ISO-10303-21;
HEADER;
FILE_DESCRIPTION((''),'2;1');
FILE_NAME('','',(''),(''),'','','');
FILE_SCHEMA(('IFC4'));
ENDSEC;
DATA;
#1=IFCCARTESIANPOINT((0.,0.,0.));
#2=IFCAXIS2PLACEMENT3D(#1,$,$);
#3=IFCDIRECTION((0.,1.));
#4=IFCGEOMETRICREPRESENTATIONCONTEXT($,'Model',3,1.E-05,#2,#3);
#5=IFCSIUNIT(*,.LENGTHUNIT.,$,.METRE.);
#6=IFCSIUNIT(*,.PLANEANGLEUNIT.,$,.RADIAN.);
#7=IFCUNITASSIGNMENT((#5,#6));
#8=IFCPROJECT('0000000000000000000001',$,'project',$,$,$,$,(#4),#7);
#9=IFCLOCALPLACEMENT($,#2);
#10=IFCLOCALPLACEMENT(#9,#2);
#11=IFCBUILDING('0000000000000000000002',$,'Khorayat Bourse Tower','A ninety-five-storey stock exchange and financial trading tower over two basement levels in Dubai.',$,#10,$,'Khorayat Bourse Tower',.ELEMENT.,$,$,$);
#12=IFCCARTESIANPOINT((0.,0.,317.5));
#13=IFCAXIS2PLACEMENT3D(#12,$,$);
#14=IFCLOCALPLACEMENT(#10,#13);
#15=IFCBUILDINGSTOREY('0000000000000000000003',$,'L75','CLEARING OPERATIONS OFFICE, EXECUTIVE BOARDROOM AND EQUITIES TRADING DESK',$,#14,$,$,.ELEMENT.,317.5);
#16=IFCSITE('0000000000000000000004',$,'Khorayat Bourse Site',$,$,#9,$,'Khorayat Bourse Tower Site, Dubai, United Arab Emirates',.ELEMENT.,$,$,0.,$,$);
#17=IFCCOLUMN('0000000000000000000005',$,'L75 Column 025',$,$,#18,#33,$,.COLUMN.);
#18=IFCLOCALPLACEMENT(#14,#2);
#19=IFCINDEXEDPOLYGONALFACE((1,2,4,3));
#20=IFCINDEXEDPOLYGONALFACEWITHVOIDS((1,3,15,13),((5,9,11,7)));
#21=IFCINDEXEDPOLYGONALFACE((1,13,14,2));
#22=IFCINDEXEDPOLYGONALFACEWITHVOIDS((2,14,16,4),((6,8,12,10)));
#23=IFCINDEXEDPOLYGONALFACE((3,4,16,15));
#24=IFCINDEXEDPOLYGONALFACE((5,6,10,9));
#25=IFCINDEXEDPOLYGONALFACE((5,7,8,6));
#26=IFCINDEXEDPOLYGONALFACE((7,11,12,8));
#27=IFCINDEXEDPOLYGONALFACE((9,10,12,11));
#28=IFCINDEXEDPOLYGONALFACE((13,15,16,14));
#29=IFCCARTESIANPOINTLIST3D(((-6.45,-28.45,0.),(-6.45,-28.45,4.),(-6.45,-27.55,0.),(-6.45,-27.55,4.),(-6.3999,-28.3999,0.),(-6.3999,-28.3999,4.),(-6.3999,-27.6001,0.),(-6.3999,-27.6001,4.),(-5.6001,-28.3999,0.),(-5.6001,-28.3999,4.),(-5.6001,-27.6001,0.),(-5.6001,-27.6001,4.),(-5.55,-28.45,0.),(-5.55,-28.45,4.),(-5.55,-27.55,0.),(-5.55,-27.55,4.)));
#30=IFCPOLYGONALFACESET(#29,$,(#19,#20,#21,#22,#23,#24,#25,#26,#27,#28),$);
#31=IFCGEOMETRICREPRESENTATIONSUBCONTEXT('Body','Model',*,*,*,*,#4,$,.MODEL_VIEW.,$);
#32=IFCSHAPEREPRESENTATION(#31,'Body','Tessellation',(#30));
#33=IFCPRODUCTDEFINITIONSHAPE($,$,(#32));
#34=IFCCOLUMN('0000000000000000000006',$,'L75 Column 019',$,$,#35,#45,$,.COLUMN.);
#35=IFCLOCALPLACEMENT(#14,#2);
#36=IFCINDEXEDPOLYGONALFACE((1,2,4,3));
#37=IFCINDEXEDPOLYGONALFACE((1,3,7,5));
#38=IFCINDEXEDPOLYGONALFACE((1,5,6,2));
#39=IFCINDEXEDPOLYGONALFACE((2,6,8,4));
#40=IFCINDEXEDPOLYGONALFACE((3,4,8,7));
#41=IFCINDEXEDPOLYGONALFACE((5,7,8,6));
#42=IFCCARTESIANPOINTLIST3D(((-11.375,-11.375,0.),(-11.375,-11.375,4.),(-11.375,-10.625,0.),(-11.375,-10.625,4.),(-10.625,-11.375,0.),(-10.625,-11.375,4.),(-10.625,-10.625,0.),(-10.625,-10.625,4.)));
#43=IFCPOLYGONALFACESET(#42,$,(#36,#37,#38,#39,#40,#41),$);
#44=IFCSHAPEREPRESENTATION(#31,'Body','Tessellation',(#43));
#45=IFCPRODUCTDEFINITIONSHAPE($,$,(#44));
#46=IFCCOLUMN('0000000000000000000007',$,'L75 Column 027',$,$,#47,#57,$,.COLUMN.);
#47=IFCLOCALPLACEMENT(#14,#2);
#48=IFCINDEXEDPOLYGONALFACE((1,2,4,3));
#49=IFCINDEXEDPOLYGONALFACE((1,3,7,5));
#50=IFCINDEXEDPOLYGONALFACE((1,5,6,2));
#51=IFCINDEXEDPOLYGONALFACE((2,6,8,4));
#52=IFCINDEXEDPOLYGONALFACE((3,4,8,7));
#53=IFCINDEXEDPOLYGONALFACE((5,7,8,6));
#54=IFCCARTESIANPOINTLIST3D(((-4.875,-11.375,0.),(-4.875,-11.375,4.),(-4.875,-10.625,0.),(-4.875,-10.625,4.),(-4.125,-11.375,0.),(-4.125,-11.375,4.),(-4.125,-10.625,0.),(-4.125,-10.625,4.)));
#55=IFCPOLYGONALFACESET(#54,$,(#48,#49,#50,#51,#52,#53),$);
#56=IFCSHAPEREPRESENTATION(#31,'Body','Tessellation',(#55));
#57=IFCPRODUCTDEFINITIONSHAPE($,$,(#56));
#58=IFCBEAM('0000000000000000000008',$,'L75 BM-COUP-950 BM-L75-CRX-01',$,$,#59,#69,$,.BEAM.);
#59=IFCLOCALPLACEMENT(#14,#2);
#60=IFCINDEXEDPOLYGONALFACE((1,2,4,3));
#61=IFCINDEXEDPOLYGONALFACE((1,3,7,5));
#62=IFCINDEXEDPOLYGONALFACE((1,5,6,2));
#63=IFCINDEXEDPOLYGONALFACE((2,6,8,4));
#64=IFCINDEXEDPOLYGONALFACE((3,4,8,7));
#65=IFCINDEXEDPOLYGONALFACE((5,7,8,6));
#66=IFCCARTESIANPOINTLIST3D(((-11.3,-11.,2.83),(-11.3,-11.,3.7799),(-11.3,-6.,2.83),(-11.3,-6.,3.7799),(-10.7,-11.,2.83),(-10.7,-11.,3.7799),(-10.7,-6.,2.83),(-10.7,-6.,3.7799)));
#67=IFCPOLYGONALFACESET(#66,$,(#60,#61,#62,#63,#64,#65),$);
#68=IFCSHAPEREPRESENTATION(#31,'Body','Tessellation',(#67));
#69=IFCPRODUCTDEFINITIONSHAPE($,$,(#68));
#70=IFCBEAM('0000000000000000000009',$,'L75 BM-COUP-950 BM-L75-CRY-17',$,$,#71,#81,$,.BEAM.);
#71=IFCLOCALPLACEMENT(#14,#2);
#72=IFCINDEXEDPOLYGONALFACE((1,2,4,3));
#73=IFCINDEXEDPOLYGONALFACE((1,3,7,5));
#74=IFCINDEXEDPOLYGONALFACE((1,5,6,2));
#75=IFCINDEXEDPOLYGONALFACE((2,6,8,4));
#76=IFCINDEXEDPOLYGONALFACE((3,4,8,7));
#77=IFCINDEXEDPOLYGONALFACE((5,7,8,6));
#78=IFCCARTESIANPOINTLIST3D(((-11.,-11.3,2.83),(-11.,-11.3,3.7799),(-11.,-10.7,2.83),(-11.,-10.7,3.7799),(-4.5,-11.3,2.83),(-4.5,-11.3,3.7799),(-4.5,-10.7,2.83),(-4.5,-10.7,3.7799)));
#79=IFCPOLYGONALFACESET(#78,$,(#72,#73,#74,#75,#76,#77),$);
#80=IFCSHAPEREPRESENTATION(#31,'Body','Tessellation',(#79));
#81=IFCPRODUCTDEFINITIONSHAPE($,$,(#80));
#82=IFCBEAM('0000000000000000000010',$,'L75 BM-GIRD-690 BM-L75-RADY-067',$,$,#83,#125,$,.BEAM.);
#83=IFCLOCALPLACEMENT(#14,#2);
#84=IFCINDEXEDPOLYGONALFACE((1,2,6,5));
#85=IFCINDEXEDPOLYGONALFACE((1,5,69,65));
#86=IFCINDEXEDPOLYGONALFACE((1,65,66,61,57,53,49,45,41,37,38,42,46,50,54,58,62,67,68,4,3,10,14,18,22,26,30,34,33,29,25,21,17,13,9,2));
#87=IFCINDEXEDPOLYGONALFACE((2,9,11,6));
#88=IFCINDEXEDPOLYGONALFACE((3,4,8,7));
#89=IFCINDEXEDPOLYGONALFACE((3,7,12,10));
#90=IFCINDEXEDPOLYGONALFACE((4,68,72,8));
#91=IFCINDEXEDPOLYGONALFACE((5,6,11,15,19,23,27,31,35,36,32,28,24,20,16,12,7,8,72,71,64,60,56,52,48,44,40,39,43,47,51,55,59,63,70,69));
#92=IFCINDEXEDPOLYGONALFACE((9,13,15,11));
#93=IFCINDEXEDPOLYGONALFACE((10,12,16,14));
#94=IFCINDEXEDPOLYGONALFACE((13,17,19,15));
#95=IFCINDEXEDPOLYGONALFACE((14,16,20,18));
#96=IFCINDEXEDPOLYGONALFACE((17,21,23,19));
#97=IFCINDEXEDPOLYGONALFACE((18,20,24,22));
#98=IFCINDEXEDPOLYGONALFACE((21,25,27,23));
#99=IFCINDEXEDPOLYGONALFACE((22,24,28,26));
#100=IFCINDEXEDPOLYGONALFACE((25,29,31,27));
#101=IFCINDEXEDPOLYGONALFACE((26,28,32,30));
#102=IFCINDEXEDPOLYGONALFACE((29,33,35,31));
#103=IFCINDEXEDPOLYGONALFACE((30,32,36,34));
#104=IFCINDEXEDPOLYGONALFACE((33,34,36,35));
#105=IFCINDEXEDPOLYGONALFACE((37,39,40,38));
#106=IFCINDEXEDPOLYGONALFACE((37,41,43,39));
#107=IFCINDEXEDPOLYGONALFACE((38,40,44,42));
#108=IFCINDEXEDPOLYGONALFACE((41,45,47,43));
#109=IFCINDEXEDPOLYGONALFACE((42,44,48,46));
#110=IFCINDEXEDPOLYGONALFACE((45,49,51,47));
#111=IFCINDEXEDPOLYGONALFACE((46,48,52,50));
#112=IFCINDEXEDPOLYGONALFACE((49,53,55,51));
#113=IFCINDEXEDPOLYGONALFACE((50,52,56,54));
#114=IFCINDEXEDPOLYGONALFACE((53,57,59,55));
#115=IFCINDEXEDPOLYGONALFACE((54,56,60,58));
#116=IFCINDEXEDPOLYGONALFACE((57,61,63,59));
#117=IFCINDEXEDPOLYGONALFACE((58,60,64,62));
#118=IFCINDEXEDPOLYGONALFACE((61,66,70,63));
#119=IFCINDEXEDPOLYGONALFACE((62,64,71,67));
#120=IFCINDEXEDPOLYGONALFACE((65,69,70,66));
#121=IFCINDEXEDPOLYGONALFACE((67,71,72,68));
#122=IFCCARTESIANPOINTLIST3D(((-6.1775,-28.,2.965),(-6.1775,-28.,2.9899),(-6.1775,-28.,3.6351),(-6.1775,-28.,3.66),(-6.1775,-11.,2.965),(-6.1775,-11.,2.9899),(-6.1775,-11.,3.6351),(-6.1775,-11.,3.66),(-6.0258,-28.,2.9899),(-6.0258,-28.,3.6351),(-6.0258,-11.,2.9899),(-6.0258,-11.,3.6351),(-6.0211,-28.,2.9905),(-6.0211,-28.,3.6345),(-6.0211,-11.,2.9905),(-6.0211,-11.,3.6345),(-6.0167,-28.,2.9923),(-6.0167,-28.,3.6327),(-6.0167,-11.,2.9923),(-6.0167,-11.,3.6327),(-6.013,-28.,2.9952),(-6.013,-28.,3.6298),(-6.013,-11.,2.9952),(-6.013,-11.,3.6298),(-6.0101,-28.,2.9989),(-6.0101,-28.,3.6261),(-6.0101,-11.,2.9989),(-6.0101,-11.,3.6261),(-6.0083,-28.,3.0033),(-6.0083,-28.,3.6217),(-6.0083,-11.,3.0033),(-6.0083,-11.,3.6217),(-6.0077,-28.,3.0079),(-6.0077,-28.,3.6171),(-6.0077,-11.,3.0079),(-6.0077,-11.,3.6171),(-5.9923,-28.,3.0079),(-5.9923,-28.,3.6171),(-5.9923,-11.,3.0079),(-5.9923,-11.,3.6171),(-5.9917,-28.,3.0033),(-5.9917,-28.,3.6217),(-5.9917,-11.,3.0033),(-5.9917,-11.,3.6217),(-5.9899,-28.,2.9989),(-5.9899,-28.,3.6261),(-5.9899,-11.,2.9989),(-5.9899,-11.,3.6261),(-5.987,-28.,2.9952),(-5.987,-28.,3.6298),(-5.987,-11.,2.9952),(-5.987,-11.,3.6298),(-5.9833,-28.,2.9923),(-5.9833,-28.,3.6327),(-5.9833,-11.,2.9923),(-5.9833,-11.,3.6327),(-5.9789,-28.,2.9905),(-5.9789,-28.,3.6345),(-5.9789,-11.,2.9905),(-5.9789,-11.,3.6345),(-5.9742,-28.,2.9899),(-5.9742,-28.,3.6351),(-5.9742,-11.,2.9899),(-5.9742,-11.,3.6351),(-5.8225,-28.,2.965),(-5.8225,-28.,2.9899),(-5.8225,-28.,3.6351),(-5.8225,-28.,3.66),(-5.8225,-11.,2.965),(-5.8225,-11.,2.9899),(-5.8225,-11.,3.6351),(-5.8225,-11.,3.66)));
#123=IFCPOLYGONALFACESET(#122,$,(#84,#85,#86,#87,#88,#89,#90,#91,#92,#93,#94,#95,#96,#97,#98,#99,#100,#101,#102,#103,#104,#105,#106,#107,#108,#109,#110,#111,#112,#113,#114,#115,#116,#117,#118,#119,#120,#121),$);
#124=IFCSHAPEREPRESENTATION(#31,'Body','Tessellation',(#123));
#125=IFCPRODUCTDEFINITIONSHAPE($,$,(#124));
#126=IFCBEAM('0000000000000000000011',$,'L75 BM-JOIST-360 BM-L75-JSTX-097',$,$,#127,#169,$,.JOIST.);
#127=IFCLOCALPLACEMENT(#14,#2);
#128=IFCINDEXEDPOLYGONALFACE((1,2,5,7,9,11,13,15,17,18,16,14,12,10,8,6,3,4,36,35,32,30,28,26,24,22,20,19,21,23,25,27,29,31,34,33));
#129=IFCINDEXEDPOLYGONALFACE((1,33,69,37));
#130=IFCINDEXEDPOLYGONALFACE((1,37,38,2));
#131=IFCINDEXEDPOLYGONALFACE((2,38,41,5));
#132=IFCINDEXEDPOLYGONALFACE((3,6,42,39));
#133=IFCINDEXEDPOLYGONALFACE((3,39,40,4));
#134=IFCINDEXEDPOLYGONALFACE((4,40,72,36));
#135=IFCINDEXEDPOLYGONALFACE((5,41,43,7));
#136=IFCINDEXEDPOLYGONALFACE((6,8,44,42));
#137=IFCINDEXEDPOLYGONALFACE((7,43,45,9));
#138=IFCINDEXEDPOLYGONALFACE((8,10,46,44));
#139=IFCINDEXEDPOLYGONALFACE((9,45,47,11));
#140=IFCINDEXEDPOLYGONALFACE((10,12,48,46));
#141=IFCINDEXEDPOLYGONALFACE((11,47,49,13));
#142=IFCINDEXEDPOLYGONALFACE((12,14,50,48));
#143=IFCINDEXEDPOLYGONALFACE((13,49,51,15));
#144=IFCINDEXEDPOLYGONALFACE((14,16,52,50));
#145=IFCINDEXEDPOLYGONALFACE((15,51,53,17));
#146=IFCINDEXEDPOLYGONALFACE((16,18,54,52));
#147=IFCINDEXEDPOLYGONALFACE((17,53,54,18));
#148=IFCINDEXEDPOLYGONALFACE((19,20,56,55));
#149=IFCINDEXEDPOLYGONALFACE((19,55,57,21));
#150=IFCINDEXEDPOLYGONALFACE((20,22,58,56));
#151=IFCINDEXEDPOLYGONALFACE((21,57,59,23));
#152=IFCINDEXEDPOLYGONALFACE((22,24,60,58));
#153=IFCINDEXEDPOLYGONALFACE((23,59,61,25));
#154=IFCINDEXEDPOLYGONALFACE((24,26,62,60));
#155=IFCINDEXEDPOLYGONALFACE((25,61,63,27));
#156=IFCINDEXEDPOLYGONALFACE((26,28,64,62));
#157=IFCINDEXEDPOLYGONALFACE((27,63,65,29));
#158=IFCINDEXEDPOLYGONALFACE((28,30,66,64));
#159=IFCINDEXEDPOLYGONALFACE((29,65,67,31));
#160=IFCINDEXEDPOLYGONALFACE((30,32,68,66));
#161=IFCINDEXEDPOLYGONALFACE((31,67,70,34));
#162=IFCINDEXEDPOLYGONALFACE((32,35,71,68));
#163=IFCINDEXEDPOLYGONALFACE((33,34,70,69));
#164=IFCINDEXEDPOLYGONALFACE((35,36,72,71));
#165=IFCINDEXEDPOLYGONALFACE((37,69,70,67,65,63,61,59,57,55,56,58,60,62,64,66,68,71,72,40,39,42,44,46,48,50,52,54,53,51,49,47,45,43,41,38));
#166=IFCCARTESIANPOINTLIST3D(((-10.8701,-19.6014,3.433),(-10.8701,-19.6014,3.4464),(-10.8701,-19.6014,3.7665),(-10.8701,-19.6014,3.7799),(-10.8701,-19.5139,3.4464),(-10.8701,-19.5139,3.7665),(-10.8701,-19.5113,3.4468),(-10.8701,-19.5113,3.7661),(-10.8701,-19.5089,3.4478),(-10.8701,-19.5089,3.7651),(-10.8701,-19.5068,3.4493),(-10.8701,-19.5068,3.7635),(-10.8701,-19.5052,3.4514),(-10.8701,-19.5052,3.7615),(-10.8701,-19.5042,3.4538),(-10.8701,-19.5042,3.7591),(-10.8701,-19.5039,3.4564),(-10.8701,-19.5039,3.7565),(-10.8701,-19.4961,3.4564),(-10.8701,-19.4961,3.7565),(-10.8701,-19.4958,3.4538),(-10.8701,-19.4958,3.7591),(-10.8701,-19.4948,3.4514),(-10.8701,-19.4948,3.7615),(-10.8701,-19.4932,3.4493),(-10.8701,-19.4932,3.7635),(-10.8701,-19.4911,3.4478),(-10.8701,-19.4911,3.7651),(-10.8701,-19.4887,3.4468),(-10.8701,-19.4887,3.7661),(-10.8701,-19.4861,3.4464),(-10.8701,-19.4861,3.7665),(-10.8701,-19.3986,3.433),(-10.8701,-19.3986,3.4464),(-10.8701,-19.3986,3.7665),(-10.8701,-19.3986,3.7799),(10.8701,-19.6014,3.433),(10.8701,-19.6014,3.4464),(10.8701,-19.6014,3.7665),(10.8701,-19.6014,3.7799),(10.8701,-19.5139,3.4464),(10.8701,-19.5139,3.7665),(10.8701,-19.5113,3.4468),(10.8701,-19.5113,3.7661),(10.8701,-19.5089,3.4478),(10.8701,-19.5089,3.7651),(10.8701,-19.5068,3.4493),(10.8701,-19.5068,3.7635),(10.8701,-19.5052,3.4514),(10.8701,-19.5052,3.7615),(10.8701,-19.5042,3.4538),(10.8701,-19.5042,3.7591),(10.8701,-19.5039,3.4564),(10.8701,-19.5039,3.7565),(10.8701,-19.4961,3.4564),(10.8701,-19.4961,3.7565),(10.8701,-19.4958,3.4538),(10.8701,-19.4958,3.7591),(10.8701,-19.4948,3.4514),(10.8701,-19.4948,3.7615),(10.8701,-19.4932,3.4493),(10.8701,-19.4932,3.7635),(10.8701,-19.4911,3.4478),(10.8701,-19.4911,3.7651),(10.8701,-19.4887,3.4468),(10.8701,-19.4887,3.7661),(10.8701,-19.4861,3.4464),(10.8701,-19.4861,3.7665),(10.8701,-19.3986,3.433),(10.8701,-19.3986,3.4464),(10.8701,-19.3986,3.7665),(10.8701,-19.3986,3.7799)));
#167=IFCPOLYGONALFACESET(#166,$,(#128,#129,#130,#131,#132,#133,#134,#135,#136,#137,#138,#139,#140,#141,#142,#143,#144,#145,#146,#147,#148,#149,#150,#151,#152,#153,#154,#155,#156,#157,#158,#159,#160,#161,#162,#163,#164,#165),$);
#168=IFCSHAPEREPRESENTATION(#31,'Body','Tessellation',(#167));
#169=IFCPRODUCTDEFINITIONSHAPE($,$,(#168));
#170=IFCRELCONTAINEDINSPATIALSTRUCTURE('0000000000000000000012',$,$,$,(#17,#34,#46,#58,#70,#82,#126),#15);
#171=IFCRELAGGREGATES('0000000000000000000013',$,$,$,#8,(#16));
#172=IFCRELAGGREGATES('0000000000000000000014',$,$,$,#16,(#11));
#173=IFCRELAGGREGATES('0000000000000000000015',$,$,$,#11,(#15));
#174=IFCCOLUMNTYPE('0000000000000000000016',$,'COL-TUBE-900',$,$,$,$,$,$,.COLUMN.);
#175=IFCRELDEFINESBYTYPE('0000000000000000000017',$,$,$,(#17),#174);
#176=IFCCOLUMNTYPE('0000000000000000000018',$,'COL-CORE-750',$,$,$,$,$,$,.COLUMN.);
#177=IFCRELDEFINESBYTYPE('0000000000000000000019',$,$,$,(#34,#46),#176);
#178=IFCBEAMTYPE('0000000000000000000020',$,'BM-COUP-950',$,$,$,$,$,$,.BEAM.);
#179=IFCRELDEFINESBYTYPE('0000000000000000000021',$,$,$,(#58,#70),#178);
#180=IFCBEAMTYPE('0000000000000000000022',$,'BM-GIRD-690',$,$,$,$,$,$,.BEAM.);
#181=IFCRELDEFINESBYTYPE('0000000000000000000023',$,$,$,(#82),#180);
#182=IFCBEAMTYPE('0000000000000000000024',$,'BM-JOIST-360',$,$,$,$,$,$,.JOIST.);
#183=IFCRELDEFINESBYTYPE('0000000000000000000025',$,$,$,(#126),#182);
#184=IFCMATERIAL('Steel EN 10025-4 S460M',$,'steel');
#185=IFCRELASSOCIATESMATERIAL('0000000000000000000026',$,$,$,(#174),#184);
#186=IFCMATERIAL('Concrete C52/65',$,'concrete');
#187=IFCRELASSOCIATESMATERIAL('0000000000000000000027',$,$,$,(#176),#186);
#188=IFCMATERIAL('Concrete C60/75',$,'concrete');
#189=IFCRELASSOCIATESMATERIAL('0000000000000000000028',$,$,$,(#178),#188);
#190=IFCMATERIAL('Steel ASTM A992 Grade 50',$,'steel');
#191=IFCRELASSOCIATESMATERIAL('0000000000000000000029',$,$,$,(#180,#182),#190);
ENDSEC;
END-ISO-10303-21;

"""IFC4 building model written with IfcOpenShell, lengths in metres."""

from ifc_helpers import new_model, si_unit, direction, frame, origin, origin_2d, place, context, subcontext, project, spatial, rectangle, hollow_rectangle, i_section, extrude, source, transform, mapped, material, material_profile, profile_set, type_object, element, save


model = new_model("IFC4")

# Units and contexts
model_context = context("Model", 3, precision=1e-05, world=origin(), true_north=direction((0.0, 1.0)))
body_context = subcontext(model_context, "Body", "Model", "MODEL_VIEW")
ifc_project = project(units=[si_unit("LENGTHUNIT", "METRE"), si_unit("PLANEANGLEUNIT", "RADIAN")], contexts=[model_context])

# Site, building, storey
site_placement = place(None, origin())
site = spatial("IfcSite", under=ifc_project, at=site_placement, Name="Khorayat Bourse Site", LongName="Khorayat Bourse Tower Site, Dubai, United Arab Emirates", CompositionType="ELEMENT", RefElevation=0.0)
building_placement = place(site_placement, origin())
building = spatial("IfcBuilding", under=site, at=building_placement, Name="Khorayat Bourse Tower", Description="A ninety-five-storey stock exchange and financial trading tower over two basement levels in Dubai.", LongName="Khorayat Bourse Tower", CompositionType="ELEMENT")
storey_placement = place(building_placement, frame((0.0, 0.0, 317.5)))
storey = spatial("IfcBuildingStorey", under=building, at=storey_placement, Name="L75", Description="CLEARING OPERATIONS OFFICE, EXECUTIVE BOARDROOM AND EQUITIES TRADING DESK", CompositionType="ELEMENT", Elevation=317.5)

# Columns
ifc_material_1 = material(Name="Steel EN 10025-4 S460M", Category="steel")
ifc_material_profile_1 = material_profile(ifc_material_1, hollow_rectangle(XDim=0.8999, YDim=0.8999, WallThickness=0.05, at=origin_2d()), Name="BOX 900x900x50")
ifc_profile_set_1 = profile_set([ifc_material_profile_1], Name="Steel EN 10025-4 S460M")
column_type_1 = type_object("IfcColumnType", Name="COL-TUBE-900", PredefinedType="COLUMN", material=ifc_profile_set_1)
shared_shape_1 = source(origin(), body_context, "Body", "SweptSolid", [
    extrude(hollow_rectangle(XDim=0.8999, YDim=0.8999, WallThickness=0.05, at=origin_2d()), origin(), (0.0, 0.0, 1.0), 4.0),
])
column_placement = place(storey_placement, frame((-6.0, -28.0, 0.0), z_axis=(0.0, 0.0, 1.0), x_axis=(1.0, 0.0, 0.0)))
element("IfcColumn", 1, at=column_placement, inside=storey, type_object=column_type_1, Name="L75 Column 025", PredefinedType="COLUMN", context=body_context, shape_type="MappedRepresentation", body=[
    mapped(shared_shape_1, transform((0.0, 0.0, 0.0), scale=1.0)),
])
ifc_material_2 = material(Name="Concrete C52/65", Category="concrete")
ifc_material_profile_2 = material_profile(ifc_material_2, rectangle(XDim=0.75, YDim=0.75, at=origin_2d()), Name="RC 750x750")
ifc_profile_set_2 = profile_set([ifc_material_profile_2], Name="Concrete C52/65")
column_type_2 = type_object("IfcColumnType", Name="COL-CORE-750", PredefinedType="COLUMN", material=ifc_profile_set_2)
shared_shape_2 = source(origin(), body_context, "Body", "SweptSolid", [
    extrude(rectangle(XDim=0.75, YDim=0.75, at=origin_2d()), origin(), (0.0, 0.0, 1.0), 4.0),
])
for number, where, z_axis, x_axis, name in (
    (2, (-11.0, -11.0, 0.0), (0.0, 0.0, 1.0), (1.0, 0.0, 0.0), "L75 Column 019"),
    (3, (-4.5, -11.0, 0.0), (0.0, 0.0, 1.0), (1.0, 0.0, 0.0), "L75 Column 027"),
):
    element("IfcColumn", number, at=place(storey_placement, frame(where, z_axis=z_axis, x_axis=x_axis)), inside=storey, type_object=column_type_2, Name=name, PredefinedType="COLUMN", context=body_context, shape_type="MappedRepresentation", body=[
        mapped(shared_shape_2, transform((0.0, 0.0, 0.0), scale=1.0)),
    ])

# Beams
ifc_material_3 = material(Name="Concrete C60/75", Category="concrete")
ifc_material_profile_3 = material_profile(ifc_material_3, rectangle(XDim=0.6001, YDim=0.95, at=origin_2d()), Name="RC 600x950")
ifc_profile_set_3 = profile_set([ifc_material_profile_3], Name="Concrete C60/75")
beam_type_1 = type_object("IfcBeamType", Name="BM-COUP-950", PredefinedType="BEAM", material=ifc_profile_set_3)
shared_shape_3 = source(origin(), body_context, "Body", "SweptSolid", [
    extrude(rectangle(XDim=0.6001, YDim=0.95, at=origin_2d()), origin(), (0.0, 0.0, 1.0), 5.0),
])
beam_1_placement = place(storey_placement, frame((-11.0, -11.0, 3.3049), z_axis=(0.0, 1.0, 0.0), x_axis=(-1.0, 0.0, 0.0)))
element("IfcBeam", 4, at=beam_1_placement, inside=storey, type_object=beam_type_1, Name="L75 BM-COUP-950 BM-L75-CRX-01", PredefinedType="BEAM", context=body_context, shape_type="MappedRepresentation", body=[
    mapped(shared_shape_3, transform((0.0, 0.0, 0.0), scale=1.0)),
])
shared_shape_4 = source(origin(), body_context, "Body", "SweptSolid", [
    extrude(rectangle(XDim=0.6001, YDim=0.95, at=origin_2d()), origin(), (0.0, 0.0, 1.0), 6.5),
])
beam_2_placement = place(storey_placement, frame((-11.0, -11.0, 3.3049), z_axis=(1.0, 0.0, 0.0), x_axis=(0.0, 1.0, 0.0)))
element("IfcBeam", 5, at=beam_2_placement, inside=storey, type_object=beam_type_1, Name="L75 BM-COUP-950 BM-L75-CRY-17", PredefinedType="BEAM", context=body_context, shape_type="MappedRepresentation", body=[
    mapped(shared_shape_4, transform((0.0, 0.0, 0.0), scale=1.0)),
])
ifc_material_4 = material(Name="Steel ASTM A992 Grade 50", Category="steel")
ifc_material_profile_4 = material_profile(ifc_material_4, i_section(OverallWidth=0.355, OverallDepth=0.6951, WebThickness=0.0154, FlangeThickness=0.0249, FilletRadius=0.0181, at=origin_2d()), Name="W690X217")
ifc_profile_set_4 = profile_set([ifc_material_profile_4], Name="Steel ASTM A992 Grade 50")
beam_type_2 = type_object("IfcBeamType", Name="BM-GIRD-690", PredefinedType="BEAM", material=ifc_profile_set_4)
shared_shape_5 = source(origin(), body_context, "Body", "SweptSolid", [
    extrude(i_section(OverallWidth=0.355, OverallDepth=0.6951, WebThickness=0.0154, FlangeThickness=0.0249, FilletRadius=0.0181, at=origin_2d()), origin(), (0.0, 0.0, 1.0), 17.0),
])
beam_3_placement = place(storey_placement, frame((-6.0, -28.0, 3.3125), z_axis=(0.0, 1.0, 0.0), x_axis=(-1.0, 0.0, 0.0)))
element("IfcBeam", 6, at=beam_3_placement, inside=storey, type_object=beam_type_2, Name="L75 BM-GIRD-690 BM-L75-RADY-067", PredefinedType="BEAM", context=body_context, shape_type="MappedRepresentation", body=[
    mapped(shared_shape_5, transform((0.0, 0.0, 0.0), scale=1.0)),
])
ifc_material_profile_5 = material_profile(ifc_material_4, i_section(OverallWidth=0.2029, OverallDepth=0.3469, WebThickness=0.0078, FlangeThickness=0.0134, FilletRadius=0.01, at=origin_2d()), Name="W360X64")
ifc_profile_set_5 = profile_set([ifc_material_profile_5], Name="Steel ASTM A992 Grade 50")
beam_type_3 = type_object("IfcBeamType", Name="BM-JOIST-360", PredefinedType="JOIST", material=ifc_profile_set_5)
shared_shape_6 = source(origin(), body_context, "Body", "SweptSolid", [
    extrude(i_section(OverallWidth=0.2029, OverallDepth=0.3469, WebThickness=0.0078, FlangeThickness=0.0134, FilletRadius=0.01, at=origin_2d()), origin(), (0.0, 0.0, 1.0), 21.7402),
])
beam_4_placement = place(storey_placement, frame((-10.8701, -19.5, 3.6064), z_axis=(1.0, 0.0, 0.0), x_axis=(0.0, 1.0, 0.0)))
element("IfcBeam", 7, at=beam_4_placement, inside=storey, type_object=beam_type_3, Name="L75 BM-JOIST-360 BM-L75-JSTX-097", PredefinedType="JOIST", context=body_context, shape_type="MappedRepresentation", body=[
    mapped(shared_shape_6, transform((0.0, 0.0, 0.0), scale=1.0)),
])

save(model, "model.ifc")
